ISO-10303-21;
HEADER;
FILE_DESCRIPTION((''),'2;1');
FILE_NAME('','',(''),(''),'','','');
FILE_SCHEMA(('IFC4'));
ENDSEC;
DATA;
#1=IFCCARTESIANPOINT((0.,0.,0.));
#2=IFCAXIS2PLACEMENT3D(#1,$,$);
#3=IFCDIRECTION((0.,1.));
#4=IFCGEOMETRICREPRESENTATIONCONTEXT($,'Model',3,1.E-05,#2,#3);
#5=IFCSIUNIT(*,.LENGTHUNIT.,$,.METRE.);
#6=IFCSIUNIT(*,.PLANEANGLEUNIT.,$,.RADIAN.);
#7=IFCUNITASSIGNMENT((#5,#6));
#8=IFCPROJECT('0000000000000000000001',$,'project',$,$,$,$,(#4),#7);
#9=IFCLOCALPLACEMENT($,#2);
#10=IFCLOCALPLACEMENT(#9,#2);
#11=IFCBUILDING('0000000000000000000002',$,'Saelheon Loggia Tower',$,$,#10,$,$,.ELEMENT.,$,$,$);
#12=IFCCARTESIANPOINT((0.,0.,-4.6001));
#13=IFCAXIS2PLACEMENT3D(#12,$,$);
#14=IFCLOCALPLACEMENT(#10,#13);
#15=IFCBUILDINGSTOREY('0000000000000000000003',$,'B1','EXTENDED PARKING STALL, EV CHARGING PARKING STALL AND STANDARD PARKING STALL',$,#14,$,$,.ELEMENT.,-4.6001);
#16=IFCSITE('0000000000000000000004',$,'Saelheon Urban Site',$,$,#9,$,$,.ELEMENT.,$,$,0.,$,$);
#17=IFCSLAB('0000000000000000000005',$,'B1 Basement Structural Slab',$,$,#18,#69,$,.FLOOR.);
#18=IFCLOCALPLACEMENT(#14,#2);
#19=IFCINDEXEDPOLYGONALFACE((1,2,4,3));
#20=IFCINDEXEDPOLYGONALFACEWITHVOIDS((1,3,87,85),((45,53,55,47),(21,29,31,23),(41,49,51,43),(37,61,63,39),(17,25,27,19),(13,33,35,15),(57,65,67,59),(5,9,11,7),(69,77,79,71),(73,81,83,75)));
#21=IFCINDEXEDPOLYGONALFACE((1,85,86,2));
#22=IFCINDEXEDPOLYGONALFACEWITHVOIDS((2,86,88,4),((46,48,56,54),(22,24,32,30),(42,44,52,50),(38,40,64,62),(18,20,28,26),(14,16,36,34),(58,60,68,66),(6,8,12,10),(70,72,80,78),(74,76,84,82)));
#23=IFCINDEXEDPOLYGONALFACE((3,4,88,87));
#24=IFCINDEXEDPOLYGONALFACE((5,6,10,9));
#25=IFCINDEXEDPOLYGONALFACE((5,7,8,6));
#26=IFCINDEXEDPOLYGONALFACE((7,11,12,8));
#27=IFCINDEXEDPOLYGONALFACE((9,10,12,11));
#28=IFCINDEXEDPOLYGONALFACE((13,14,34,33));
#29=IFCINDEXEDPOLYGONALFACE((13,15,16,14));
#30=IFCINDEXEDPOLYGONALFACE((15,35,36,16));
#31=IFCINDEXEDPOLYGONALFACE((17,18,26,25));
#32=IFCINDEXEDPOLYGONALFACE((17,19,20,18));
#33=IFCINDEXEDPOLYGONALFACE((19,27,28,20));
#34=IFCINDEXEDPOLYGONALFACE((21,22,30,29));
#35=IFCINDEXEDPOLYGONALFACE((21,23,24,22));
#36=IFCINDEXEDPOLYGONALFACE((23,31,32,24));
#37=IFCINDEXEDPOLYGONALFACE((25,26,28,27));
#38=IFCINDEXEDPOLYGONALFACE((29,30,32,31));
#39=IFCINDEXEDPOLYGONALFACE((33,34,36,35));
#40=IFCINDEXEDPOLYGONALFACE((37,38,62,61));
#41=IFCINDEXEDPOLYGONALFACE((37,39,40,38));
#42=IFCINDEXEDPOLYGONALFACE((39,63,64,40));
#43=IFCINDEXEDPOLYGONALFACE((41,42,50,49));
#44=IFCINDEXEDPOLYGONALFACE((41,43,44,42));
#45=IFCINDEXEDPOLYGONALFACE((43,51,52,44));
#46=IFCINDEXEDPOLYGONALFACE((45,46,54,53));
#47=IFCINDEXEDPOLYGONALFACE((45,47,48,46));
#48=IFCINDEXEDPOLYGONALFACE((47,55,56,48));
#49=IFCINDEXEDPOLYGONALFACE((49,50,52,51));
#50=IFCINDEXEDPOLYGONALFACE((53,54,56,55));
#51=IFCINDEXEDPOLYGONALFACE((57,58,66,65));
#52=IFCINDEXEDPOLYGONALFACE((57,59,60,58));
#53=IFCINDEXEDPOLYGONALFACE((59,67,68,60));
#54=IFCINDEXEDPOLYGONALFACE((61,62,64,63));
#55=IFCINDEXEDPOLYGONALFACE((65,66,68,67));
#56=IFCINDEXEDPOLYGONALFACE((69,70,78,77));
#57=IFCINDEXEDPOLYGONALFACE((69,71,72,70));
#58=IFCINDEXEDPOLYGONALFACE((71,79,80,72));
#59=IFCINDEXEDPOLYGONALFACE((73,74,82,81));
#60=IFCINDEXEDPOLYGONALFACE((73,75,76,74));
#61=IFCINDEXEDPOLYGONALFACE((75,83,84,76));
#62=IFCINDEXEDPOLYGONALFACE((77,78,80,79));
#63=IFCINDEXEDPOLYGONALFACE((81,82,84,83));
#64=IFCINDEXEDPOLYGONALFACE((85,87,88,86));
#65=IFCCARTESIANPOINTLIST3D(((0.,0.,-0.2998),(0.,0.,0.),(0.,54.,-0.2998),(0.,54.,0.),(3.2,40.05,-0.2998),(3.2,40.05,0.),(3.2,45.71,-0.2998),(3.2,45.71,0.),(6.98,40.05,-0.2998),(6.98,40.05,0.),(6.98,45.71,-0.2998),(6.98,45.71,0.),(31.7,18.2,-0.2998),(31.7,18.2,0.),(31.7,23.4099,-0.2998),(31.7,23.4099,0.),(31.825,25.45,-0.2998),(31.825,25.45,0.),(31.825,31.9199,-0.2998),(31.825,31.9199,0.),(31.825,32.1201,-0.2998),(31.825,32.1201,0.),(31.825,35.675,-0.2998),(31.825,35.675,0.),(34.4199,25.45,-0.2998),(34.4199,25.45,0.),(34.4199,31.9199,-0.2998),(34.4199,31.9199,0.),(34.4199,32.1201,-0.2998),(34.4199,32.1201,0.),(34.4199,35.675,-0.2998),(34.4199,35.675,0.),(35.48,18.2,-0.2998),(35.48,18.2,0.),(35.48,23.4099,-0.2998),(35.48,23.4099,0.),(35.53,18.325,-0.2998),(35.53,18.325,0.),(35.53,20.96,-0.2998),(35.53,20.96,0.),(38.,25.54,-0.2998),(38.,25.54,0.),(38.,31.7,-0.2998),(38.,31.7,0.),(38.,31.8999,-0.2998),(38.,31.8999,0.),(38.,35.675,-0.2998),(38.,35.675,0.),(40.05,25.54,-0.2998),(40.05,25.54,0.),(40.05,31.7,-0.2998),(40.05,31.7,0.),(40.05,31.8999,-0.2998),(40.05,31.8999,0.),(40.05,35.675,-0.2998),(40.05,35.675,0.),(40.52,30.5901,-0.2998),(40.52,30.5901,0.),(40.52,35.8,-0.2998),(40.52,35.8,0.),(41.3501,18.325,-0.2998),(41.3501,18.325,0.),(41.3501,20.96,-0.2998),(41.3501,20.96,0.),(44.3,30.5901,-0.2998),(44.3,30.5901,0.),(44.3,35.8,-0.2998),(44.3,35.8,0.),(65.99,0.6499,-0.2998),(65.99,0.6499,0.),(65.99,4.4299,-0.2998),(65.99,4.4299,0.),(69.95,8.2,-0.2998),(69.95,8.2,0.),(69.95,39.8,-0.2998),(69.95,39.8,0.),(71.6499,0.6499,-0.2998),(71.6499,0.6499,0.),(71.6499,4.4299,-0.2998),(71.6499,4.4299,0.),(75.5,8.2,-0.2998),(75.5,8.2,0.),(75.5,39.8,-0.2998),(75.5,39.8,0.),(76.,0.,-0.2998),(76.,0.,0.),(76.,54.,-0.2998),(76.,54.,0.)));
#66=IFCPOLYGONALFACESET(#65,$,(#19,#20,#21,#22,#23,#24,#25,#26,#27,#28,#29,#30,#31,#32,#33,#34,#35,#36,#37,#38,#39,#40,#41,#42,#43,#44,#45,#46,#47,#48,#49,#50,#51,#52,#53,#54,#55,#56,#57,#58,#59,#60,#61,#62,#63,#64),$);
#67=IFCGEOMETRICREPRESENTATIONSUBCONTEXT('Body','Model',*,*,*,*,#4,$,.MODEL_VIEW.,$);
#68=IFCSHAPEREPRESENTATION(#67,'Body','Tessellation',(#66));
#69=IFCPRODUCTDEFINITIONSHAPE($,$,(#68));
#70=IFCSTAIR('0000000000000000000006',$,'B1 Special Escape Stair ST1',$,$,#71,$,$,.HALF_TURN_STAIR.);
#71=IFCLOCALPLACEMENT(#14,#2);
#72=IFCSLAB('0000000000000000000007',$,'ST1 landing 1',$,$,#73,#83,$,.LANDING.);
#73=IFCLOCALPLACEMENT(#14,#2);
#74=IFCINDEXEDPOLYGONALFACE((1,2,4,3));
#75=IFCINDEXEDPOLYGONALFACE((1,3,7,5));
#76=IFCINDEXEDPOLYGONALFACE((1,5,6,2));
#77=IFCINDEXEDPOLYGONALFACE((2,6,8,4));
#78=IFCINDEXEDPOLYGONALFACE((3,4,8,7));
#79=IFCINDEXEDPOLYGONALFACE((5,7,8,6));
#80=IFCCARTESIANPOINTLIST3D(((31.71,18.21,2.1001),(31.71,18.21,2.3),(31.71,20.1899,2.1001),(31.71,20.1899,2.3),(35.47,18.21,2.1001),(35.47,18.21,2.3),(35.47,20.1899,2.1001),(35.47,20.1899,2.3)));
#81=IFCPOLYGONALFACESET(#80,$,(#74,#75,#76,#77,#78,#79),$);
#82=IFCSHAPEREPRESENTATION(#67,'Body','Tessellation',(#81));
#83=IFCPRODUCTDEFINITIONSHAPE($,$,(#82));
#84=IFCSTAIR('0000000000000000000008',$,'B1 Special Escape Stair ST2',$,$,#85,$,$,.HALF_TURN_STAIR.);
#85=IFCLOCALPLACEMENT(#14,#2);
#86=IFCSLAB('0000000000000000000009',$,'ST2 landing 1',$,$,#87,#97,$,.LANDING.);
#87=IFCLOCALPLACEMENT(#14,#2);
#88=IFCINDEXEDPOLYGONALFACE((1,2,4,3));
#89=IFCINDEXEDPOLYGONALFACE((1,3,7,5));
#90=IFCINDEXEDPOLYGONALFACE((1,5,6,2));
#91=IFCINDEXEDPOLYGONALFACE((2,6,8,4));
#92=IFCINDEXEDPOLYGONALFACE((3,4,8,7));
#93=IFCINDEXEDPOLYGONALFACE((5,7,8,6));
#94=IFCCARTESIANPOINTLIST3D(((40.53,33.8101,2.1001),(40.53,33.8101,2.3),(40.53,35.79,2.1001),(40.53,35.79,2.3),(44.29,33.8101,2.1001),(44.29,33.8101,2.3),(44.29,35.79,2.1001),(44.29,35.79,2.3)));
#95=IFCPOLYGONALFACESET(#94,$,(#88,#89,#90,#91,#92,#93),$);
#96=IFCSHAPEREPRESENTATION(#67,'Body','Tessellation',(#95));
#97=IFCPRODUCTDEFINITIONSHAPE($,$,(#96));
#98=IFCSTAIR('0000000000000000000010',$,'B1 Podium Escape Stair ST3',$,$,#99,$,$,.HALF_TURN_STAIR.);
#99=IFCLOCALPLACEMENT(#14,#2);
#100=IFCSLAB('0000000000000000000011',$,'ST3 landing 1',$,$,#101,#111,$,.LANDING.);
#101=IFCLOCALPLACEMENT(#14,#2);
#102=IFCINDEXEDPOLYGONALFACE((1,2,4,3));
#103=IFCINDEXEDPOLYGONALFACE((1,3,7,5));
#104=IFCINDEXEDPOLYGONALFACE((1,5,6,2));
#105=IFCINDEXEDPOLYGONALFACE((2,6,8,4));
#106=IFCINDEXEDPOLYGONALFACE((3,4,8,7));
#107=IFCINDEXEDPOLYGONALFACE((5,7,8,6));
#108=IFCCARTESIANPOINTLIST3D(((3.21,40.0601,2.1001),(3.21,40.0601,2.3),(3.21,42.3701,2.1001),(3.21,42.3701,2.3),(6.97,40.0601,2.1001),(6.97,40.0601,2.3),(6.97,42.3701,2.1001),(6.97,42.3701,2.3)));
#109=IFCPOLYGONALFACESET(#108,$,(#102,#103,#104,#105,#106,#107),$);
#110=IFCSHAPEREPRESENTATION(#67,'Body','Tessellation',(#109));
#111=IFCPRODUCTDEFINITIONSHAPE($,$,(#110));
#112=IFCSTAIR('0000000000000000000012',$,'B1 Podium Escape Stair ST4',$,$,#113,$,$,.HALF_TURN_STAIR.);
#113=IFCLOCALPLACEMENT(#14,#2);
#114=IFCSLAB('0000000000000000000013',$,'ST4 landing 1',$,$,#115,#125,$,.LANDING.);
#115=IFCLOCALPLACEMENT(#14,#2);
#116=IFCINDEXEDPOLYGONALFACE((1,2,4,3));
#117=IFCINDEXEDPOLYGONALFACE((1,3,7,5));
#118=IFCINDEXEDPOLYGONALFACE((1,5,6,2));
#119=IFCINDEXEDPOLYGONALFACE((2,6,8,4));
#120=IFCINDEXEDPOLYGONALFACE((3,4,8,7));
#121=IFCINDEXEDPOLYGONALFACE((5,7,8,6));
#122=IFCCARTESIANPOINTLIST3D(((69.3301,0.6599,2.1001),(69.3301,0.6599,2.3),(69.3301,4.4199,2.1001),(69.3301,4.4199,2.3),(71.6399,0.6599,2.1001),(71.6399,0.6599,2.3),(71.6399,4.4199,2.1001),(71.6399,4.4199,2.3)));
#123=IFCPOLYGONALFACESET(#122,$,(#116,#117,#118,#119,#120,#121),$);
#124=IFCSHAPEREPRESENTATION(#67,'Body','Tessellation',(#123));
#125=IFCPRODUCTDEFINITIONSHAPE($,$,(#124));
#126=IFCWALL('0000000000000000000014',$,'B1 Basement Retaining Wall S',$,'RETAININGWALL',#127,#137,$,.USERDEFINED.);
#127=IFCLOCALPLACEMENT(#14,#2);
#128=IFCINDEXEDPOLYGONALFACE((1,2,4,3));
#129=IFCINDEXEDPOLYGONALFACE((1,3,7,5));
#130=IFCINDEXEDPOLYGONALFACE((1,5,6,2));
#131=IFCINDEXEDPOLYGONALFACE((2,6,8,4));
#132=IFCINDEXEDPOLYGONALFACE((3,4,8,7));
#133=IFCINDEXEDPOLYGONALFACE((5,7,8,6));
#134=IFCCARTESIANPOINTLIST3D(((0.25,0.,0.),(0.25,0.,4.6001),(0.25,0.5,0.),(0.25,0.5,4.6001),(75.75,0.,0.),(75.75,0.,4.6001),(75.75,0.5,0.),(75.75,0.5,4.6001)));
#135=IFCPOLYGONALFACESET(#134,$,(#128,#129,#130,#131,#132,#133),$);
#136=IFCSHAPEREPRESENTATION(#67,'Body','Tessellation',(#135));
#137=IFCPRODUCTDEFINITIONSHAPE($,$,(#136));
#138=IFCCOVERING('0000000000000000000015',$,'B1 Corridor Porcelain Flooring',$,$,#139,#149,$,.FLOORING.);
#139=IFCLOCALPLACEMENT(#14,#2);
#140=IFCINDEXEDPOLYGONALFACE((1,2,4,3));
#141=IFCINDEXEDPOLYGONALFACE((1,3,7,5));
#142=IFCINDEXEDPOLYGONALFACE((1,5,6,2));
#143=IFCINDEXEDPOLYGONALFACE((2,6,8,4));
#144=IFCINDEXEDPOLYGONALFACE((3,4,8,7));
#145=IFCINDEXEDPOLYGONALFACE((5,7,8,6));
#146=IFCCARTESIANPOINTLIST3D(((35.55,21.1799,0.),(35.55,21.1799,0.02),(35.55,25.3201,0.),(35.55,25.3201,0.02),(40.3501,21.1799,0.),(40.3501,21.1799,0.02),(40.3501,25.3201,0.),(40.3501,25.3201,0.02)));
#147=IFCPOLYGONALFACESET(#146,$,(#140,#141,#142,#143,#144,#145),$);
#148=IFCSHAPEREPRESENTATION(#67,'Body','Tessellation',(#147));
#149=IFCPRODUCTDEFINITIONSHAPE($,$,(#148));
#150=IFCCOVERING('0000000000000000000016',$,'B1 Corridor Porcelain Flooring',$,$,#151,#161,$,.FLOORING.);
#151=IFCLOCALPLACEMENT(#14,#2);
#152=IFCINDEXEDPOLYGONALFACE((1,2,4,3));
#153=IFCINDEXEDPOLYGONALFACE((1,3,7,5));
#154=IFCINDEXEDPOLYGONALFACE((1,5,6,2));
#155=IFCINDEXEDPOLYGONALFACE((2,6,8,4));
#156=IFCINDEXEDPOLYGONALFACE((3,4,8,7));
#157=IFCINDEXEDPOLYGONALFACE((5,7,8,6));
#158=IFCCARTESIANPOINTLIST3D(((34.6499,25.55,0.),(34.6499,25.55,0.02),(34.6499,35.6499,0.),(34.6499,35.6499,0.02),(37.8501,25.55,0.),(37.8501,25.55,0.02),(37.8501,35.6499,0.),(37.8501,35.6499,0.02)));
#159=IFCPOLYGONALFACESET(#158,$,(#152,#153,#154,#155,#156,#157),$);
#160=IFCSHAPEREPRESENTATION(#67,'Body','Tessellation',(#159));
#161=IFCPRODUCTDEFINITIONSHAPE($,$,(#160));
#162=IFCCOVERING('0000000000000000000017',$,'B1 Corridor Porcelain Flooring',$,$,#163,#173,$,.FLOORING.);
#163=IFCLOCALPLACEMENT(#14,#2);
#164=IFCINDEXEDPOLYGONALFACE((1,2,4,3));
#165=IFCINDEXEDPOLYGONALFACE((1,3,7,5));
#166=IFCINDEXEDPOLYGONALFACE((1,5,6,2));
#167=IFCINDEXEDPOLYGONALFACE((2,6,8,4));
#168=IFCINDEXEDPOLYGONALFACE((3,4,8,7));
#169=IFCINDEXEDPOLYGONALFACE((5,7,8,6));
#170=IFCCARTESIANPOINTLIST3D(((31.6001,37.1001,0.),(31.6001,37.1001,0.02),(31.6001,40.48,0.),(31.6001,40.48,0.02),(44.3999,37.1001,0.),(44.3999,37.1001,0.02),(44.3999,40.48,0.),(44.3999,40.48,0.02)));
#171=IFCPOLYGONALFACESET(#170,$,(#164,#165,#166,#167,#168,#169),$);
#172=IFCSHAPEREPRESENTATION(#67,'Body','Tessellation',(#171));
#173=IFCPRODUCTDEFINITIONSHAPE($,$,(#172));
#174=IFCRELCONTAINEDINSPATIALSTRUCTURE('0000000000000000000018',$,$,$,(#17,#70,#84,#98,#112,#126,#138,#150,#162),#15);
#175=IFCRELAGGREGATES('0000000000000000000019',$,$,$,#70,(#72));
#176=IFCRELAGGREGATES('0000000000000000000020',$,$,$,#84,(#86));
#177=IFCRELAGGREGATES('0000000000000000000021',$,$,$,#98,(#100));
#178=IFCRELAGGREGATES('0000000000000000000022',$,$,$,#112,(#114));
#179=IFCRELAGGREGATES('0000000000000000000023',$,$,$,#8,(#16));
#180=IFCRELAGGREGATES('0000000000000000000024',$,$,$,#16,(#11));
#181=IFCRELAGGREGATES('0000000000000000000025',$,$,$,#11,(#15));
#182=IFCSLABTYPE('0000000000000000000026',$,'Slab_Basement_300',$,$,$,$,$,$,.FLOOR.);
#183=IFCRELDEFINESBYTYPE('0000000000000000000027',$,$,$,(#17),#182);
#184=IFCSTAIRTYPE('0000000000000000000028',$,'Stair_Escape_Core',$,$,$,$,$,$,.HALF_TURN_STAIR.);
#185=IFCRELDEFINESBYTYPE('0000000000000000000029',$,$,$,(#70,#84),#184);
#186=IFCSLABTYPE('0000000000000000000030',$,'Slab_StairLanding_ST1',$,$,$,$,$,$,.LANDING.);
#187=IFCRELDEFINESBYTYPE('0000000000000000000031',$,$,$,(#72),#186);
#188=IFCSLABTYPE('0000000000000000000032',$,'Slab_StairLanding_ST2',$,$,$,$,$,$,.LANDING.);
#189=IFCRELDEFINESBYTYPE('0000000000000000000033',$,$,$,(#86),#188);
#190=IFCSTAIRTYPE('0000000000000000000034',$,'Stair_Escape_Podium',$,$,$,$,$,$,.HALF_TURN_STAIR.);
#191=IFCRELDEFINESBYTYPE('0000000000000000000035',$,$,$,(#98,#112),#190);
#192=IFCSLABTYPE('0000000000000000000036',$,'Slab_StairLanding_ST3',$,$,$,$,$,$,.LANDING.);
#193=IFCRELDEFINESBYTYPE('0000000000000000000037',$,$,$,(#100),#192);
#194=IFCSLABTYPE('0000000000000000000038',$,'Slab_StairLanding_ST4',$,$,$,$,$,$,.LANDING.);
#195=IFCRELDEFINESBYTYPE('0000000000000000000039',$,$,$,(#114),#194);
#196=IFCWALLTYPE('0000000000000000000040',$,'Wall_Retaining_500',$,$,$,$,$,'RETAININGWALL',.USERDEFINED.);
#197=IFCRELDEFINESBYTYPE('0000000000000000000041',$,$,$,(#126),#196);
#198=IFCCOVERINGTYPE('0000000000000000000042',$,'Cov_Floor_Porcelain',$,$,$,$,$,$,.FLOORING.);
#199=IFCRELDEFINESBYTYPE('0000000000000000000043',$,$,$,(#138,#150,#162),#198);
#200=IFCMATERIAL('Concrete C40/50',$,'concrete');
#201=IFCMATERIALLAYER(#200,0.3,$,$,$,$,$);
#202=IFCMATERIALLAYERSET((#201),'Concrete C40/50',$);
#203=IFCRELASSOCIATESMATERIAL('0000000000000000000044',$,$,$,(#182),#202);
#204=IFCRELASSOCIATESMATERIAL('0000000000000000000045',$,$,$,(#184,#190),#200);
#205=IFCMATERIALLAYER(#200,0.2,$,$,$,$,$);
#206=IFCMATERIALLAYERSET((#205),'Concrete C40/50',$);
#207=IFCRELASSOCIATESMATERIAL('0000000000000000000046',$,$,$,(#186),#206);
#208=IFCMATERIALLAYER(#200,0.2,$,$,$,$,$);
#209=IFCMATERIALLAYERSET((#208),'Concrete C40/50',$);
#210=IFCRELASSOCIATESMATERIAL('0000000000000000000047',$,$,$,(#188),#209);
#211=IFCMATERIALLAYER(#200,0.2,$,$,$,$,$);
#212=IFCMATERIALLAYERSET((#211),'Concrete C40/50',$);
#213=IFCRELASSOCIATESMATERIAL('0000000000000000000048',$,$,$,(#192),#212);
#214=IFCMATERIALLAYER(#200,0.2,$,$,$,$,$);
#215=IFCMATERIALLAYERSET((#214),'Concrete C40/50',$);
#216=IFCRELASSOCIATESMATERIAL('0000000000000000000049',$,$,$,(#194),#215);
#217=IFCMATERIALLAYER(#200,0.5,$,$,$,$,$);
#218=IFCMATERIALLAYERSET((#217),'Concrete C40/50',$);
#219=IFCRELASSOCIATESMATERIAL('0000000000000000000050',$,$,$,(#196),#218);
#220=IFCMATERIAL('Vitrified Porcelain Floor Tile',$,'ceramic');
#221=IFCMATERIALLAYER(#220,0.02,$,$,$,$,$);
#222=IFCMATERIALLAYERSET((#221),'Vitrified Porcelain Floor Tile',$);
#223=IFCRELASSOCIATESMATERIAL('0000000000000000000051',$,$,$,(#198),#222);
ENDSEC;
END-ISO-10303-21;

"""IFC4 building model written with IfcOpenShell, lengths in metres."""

from ifc_helpers import new_model, si_unit, direction, frame, frame_2d, origin, place, context, subcontext, project, spatial, polyline, rectangle, outline, extrude, material, layer, layer_set, type_object, element, aggregate, save


model = new_model("IFC4")

# Units and contexts
model_context = context("Model", 3, precision=1e-05, world=origin(), true_north=direction((0.0, 1.0)))
body_context = subcontext(model_context, "Body", "Model", "MODEL_VIEW")
ifc_project = project(units=[si_unit("LENGTHUNIT", "METRE"), si_unit("PLANEANGLEUNIT", "RADIAN")], contexts=[model_context])

# Site, building, storey
site_placement = place(None, origin())
site = spatial("IfcSite", under=ifc_project, at=site_placement, Name="Saelheon Urban Site", CompositionType="ELEMENT", RefElevation=0.0)
building_placement = place(site_placement, origin())
building = spatial("IfcBuilding", under=site, at=building_placement, Name="Saelheon Loggia Tower", CompositionType="ELEMENT")
storey_placement = place(building_placement, frame((0.0, 0.0, -4.6001)))
storey = spatial("IfcBuildingStorey", under=building, at=storey_placement, Name="B1", Description="EXTENDED PARKING STALL, EV CHARGING PARKING STALL AND STANDARD PARKING STALL", CompositionType="ELEMENT", Elevation=-4.6001)

# Slab
ifc_material_1 = material(Name="Concrete C40/50", Category="concrete")
ifc_layer_1 = layer(ifc_material_1, 0.3)
ifc_layer_set_1 = layer_set([ifc_layer_1], Name="Concrete C40/50")
slab_type_1 = type_object("IfcSlabType", Name="Slab_Basement_300", PredefinedType="FLOOR", material=ifc_layer_set_1)
slab_1_placement = place(storey_placement, frame((0.0, 0.0, -0.2998)))
element("IfcSlab", 1, at=slab_1_placement, inside=storey, type_object=slab_type_1, Name="B1 Basement Structural Slab", PredefinedType="FLOOR", context=body_context, shape_type="SweptSolid", body=[
    extrude(outline(polyline([(0.0, 0.0), (76.0, 0.0), (76.0, 54.0), (0.0, 54.0), (0.0, 0.0)]), holes=[polyline([(31.7, 23.4099), (31.7, 18.2), (35.48, 18.2), (35.48, 23.4099), (31.7, 23.4099)]), polyline([(44.3, 30.5901), (44.3, 35.8), (40.52, 35.8), (40.52, 30.5901), (44.3, 30.5901)]), polyline([(3.2, 45.71), (3.2, 40.05), (6.98, 40.05), (6.98, 45.71), (3.2, 45.71)]), polyline([(65.99, 0.6499), (71.6499, 0.6499), (71.6499, 4.4299), (65.99, 4.4299), (65.99, 0.6499)]), polyline([(35.53, 18.325), (41.3501, 18.325), (41.3501, 20.96), (35.53, 20.96), (35.53, 18.325)]), polyline([(31.825, 32.1201), (34.4199, 32.1201), (34.4199, 35.675), (31.825, 35.675), (31.825, 32.1201)]), polyline([(38.0, 31.8999), (40.05, 31.8999), (40.05, 35.675), (38.0, 35.675), (38.0, 31.8999)]), polyline([(31.825, 25.45), (34.4199, 25.45), (34.4199, 31.9199), (31.825, 31.9199), (31.825, 25.45)]), polyline([(38.0, 25.54), (40.05, 25.54), (40.05, 31.7), (38.0, 31.7), (38.0, 25.54)]), polyline([(69.95, 8.2), (75.5, 8.2), (75.5, 39.8), (69.95, 39.8), (69.95, 8.2)])]), origin(), (0.0, 0.0, 1.0), 0.2998),
])

# Stairs, slabs
stair_type_1 = type_object("IfcStairType", Name="Stair_Escape_Core", PredefinedType="HALF_TURN_STAIR", material=ifc_material_1)
stair_1_placement = place(storey_placement, origin())
stair_1 = element("IfcStair", 2, at=stair_1_placement, inside=storey, type_object=stair_type_1, Name="B1 Special Escape Stair ST1", PredefinedType="HALF_TURN_STAIR")
ifc_layer_2 = layer(ifc_material_1, 0.2)
ifc_layer_set_2 = layer_set([ifc_layer_2], Name="Concrete C40/50")
slab_type_2 = type_object("IfcSlabType", Name="Slab_StairLanding_ST1", PredefinedType="LANDING", material=ifc_layer_set_2)
slab_2_placement = place(storey_placement, frame((0.0, 0.0, 2.1001)))
slab_2 = element("IfcSlab", 3, at=slab_2_placement, type_object=slab_type_2, Name="ST1 landing 1", PredefinedType="LANDING", context=body_context, shape_type="SweptSolid", body=[
    extrude(outline(polyline([(31.71, 20.1899), (31.71, 18.21), (35.47, 18.21), (35.47, 20.1899), (31.71, 20.1899)])), origin(), (0.0, 0.0, 1.0), 0.2),
])
aggregate(stair_1, [slab_2])
stair_2_placement = place(storey_placement, origin())
stair_2 = element("IfcStair", 4, at=stair_2_placement, inside=storey, type_object=stair_type_1, Name="B1 Special Escape Stair ST2", PredefinedType="HALF_TURN_STAIR")
ifc_layer_3 = layer(ifc_material_1, 0.2)
ifc_layer_set_3 = layer_set([ifc_layer_3], Name="Concrete C40/50")
slab_type_3 = type_object("IfcSlabType", Name="Slab_StairLanding_ST2", PredefinedType="LANDING", material=ifc_layer_set_3)
slab_3_placement = place(storey_placement, frame((0.0, 0.0, 2.1001)))
slab_3 = element("IfcSlab", 5, at=slab_3_placement, type_object=slab_type_3, Name="ST2 landing 1", PredefinedType="LANDING", context=body_context, shape_type="SweptSolid", body=[
    extrude(outline(polyline([(44.29, 33.8101), (44.29, 35.79), (40.53, 35.79), (40.53, 33.8101), (44.29, 33.8101)])), origin(), (0.0, 0.0, 1.0), 0.2),
])
aggregate(stair_2, [slab_3])
stair_type_2 = type_object("IfcStairType", Name="Stair_Escape_Podium", PredefinedType="HALF_TURN_STAIR", material=ifc_material_1)
stair_3_placement = place(storey_placement, origin())
stair_3 = element("IfcStair", 6, at=stair_3_placement, inside=storey, type_object=stair_type_2, Name="B1 Podium Escape Stair ST3", PredefinedType="HALF_TURN_STAIR")
ifc_layer_4 = layer(ifc_material_1, 0.2)
ifc_layer_set_4 = layer_set([ifc_layer_4], Name="Concrete C40/50")
slab_type_4 = type_object("IfcSlabType", Name="Slab_StairLanding_ST3", PredefinedType="LANDING", material=ifc_layer_set_4)
slab_4_placement = place(storey_placement, frame((0.0, 0.0, 2.1001)))
slab_4 = element("IfcSlab", 7, at=slab_4_placement, type_object=slab_type_4, Name="ST3 landing 1", PredefinedType="LANDING", context=body_context, shape_type="SweptSolid", body=[
    extrude(outline(polyline([(3.21, 42.3701), (3.21, 40.0601), (6.97, 40.0601), (6.97, 42.3701), (3.21, 42.3701)])), origin(), (0.0, 0.0, 1.0), 0.2),
])
aggregate(stair_3, [slab_4])
stair_4_placement = place(storey_placement, origin())
stair_4 = element("IfcStair", 8, at=stair_4_placement, inside=storey, type_object=stair_type_2, Name="B1 Podium Escape Stair ST4", PredefinedType="HALF_TURN_STAIR")
ifc_layer_5 = layer(ifc_material_1, 0.2)
ifc_layer_set_5 = layer_set([ifc_layer_5], Name="Concrete C40/50")
slab_type_5 = type_object("IfcSlabType", Name="Slab_StairLanding_ST4", PredefinedType="LANDING", material=ifc_layer_set_5)
slab_5_placement = place(storey_placement, frame((0.0, 0.0, 2.1001)))
slab_5 = element("IfcSlab", 9, at=slab_5_placement, type_object=slab_type_5, Name="ST4 landing 1", PredefinedType="LANDING", context=body_context, shape_type="SweptSolid", body=[
    extrude(outline(polyline([(69.3301, 0.6599), (71.6399, 0.6599), (71.6399, 4.4199), (69.3301, 4.4199), (69.3301, 0.6599)])), origin(), (0.0, 0.0, 1.0), 0.2),
])
aggregate(stair_4, [slab_5])

# Wall
ifc_layer_6 = layer(ifc_material_1, 0.5)
ifc_layer_set_6 = layer_set([ifc_layer_6], Name="Concrete C40/50")
wall_type = type_object("IfcWallType", Name="Wall_Retaining_500", ElementType="RETAININGWALL", PredefinedType="USERDEFINED", material=ifc_layer_set_6)
wall_placement = place(storey_placement, frame((0.25, 0.25, 0.0), z_axis=(0.0, 0.0, 1.0), x_axis=(1.0, 0.0, 0.0)))
element("IfcWall", 10, at=wall_placement, inside=storey, type_object=wall_type, Name="B1 Basement Retaining Wall S", ObjectType="RETAININGWALL", PredefinedType="USERDEFINED", context=body_context, shape_type="SweptSolid", body=[
    extrude(rectangle(XDim=75.5, YDim=0.5, at=frame_2d((37.75, 0.0))), origin(), (0.0, 0.0, 1.0), 4.6001),
])

# Coverings
ifc_material_2 = material(Name="Vitrified Porcelain Floor Tile", Category="ceramic")
ifc_layer_7 = layer(ifc_material_2, 0.02)
ifc_layer_set_7 = layer_set([ifc_layer_7], Name="Vitrified Porcelain Floor Tile")
covering_type = type_object("IfcCoveringType", Name="Cov_Floor_Porcelain", PredefinedType="FLOORING", material=ifc_layer_set_7)
covering_1_placement = place(storey_placement, origin())
element("IfcCovering", 11, at=covering_1_placement, inside=storey, type_object=covering_type, Name="B1 Corridor Porcelain Flooring", PredefinedType="FLOORING", context=body_context, shape_type="SweptSolid", body=[
    extrude(outline(polyline([(35.55, 21.1799), (40.3501, 21.1799), (40.3501, 25.3201), (35.55, 25.3201), (35.55, 21.1799)])), origin(), (0.0, 0.0, 1.0), 0.02),
])
covering_2_placement = place(storey_placement, origin())
element("IfcCovering", 12, at=covering_2_placement, inside=storey, type_object=covering_type, Name="B1 Corridor Porcelain Flooring", PredefinedType="FLOORING", context=body_context, shape_type="SweptSolid", body=[
    extrude(outline(polyline([(34.6499, 25.55), (37.8501, 25.55), (37.8501, 35.6499), (34.6499, 35.6499), (34.6499, 25.55)])), origin(), (0.0, 0.0, 1.0), 0.02),
])
covering_3_placement = place(storey_placement, origin())
element("IfcCovering", 13, at=covering_3_placement, inside=storey, type_object=covering_type, Name="B1 Corridor Porcelain Flooring", PredefinedType="FLOORING", context=body_context, shape_type="SweptSolid", body=[
    extrude(outline(polyline([(31.6001, 37.1001), (44.3999, 37.1001), (44.3999, 40.48), (31.6001, 40.48), (31.6001, 37.1001)])), origin(), (0.0, 0.0, 1.0), 0.02),
])

save(model, "model.ifc")
